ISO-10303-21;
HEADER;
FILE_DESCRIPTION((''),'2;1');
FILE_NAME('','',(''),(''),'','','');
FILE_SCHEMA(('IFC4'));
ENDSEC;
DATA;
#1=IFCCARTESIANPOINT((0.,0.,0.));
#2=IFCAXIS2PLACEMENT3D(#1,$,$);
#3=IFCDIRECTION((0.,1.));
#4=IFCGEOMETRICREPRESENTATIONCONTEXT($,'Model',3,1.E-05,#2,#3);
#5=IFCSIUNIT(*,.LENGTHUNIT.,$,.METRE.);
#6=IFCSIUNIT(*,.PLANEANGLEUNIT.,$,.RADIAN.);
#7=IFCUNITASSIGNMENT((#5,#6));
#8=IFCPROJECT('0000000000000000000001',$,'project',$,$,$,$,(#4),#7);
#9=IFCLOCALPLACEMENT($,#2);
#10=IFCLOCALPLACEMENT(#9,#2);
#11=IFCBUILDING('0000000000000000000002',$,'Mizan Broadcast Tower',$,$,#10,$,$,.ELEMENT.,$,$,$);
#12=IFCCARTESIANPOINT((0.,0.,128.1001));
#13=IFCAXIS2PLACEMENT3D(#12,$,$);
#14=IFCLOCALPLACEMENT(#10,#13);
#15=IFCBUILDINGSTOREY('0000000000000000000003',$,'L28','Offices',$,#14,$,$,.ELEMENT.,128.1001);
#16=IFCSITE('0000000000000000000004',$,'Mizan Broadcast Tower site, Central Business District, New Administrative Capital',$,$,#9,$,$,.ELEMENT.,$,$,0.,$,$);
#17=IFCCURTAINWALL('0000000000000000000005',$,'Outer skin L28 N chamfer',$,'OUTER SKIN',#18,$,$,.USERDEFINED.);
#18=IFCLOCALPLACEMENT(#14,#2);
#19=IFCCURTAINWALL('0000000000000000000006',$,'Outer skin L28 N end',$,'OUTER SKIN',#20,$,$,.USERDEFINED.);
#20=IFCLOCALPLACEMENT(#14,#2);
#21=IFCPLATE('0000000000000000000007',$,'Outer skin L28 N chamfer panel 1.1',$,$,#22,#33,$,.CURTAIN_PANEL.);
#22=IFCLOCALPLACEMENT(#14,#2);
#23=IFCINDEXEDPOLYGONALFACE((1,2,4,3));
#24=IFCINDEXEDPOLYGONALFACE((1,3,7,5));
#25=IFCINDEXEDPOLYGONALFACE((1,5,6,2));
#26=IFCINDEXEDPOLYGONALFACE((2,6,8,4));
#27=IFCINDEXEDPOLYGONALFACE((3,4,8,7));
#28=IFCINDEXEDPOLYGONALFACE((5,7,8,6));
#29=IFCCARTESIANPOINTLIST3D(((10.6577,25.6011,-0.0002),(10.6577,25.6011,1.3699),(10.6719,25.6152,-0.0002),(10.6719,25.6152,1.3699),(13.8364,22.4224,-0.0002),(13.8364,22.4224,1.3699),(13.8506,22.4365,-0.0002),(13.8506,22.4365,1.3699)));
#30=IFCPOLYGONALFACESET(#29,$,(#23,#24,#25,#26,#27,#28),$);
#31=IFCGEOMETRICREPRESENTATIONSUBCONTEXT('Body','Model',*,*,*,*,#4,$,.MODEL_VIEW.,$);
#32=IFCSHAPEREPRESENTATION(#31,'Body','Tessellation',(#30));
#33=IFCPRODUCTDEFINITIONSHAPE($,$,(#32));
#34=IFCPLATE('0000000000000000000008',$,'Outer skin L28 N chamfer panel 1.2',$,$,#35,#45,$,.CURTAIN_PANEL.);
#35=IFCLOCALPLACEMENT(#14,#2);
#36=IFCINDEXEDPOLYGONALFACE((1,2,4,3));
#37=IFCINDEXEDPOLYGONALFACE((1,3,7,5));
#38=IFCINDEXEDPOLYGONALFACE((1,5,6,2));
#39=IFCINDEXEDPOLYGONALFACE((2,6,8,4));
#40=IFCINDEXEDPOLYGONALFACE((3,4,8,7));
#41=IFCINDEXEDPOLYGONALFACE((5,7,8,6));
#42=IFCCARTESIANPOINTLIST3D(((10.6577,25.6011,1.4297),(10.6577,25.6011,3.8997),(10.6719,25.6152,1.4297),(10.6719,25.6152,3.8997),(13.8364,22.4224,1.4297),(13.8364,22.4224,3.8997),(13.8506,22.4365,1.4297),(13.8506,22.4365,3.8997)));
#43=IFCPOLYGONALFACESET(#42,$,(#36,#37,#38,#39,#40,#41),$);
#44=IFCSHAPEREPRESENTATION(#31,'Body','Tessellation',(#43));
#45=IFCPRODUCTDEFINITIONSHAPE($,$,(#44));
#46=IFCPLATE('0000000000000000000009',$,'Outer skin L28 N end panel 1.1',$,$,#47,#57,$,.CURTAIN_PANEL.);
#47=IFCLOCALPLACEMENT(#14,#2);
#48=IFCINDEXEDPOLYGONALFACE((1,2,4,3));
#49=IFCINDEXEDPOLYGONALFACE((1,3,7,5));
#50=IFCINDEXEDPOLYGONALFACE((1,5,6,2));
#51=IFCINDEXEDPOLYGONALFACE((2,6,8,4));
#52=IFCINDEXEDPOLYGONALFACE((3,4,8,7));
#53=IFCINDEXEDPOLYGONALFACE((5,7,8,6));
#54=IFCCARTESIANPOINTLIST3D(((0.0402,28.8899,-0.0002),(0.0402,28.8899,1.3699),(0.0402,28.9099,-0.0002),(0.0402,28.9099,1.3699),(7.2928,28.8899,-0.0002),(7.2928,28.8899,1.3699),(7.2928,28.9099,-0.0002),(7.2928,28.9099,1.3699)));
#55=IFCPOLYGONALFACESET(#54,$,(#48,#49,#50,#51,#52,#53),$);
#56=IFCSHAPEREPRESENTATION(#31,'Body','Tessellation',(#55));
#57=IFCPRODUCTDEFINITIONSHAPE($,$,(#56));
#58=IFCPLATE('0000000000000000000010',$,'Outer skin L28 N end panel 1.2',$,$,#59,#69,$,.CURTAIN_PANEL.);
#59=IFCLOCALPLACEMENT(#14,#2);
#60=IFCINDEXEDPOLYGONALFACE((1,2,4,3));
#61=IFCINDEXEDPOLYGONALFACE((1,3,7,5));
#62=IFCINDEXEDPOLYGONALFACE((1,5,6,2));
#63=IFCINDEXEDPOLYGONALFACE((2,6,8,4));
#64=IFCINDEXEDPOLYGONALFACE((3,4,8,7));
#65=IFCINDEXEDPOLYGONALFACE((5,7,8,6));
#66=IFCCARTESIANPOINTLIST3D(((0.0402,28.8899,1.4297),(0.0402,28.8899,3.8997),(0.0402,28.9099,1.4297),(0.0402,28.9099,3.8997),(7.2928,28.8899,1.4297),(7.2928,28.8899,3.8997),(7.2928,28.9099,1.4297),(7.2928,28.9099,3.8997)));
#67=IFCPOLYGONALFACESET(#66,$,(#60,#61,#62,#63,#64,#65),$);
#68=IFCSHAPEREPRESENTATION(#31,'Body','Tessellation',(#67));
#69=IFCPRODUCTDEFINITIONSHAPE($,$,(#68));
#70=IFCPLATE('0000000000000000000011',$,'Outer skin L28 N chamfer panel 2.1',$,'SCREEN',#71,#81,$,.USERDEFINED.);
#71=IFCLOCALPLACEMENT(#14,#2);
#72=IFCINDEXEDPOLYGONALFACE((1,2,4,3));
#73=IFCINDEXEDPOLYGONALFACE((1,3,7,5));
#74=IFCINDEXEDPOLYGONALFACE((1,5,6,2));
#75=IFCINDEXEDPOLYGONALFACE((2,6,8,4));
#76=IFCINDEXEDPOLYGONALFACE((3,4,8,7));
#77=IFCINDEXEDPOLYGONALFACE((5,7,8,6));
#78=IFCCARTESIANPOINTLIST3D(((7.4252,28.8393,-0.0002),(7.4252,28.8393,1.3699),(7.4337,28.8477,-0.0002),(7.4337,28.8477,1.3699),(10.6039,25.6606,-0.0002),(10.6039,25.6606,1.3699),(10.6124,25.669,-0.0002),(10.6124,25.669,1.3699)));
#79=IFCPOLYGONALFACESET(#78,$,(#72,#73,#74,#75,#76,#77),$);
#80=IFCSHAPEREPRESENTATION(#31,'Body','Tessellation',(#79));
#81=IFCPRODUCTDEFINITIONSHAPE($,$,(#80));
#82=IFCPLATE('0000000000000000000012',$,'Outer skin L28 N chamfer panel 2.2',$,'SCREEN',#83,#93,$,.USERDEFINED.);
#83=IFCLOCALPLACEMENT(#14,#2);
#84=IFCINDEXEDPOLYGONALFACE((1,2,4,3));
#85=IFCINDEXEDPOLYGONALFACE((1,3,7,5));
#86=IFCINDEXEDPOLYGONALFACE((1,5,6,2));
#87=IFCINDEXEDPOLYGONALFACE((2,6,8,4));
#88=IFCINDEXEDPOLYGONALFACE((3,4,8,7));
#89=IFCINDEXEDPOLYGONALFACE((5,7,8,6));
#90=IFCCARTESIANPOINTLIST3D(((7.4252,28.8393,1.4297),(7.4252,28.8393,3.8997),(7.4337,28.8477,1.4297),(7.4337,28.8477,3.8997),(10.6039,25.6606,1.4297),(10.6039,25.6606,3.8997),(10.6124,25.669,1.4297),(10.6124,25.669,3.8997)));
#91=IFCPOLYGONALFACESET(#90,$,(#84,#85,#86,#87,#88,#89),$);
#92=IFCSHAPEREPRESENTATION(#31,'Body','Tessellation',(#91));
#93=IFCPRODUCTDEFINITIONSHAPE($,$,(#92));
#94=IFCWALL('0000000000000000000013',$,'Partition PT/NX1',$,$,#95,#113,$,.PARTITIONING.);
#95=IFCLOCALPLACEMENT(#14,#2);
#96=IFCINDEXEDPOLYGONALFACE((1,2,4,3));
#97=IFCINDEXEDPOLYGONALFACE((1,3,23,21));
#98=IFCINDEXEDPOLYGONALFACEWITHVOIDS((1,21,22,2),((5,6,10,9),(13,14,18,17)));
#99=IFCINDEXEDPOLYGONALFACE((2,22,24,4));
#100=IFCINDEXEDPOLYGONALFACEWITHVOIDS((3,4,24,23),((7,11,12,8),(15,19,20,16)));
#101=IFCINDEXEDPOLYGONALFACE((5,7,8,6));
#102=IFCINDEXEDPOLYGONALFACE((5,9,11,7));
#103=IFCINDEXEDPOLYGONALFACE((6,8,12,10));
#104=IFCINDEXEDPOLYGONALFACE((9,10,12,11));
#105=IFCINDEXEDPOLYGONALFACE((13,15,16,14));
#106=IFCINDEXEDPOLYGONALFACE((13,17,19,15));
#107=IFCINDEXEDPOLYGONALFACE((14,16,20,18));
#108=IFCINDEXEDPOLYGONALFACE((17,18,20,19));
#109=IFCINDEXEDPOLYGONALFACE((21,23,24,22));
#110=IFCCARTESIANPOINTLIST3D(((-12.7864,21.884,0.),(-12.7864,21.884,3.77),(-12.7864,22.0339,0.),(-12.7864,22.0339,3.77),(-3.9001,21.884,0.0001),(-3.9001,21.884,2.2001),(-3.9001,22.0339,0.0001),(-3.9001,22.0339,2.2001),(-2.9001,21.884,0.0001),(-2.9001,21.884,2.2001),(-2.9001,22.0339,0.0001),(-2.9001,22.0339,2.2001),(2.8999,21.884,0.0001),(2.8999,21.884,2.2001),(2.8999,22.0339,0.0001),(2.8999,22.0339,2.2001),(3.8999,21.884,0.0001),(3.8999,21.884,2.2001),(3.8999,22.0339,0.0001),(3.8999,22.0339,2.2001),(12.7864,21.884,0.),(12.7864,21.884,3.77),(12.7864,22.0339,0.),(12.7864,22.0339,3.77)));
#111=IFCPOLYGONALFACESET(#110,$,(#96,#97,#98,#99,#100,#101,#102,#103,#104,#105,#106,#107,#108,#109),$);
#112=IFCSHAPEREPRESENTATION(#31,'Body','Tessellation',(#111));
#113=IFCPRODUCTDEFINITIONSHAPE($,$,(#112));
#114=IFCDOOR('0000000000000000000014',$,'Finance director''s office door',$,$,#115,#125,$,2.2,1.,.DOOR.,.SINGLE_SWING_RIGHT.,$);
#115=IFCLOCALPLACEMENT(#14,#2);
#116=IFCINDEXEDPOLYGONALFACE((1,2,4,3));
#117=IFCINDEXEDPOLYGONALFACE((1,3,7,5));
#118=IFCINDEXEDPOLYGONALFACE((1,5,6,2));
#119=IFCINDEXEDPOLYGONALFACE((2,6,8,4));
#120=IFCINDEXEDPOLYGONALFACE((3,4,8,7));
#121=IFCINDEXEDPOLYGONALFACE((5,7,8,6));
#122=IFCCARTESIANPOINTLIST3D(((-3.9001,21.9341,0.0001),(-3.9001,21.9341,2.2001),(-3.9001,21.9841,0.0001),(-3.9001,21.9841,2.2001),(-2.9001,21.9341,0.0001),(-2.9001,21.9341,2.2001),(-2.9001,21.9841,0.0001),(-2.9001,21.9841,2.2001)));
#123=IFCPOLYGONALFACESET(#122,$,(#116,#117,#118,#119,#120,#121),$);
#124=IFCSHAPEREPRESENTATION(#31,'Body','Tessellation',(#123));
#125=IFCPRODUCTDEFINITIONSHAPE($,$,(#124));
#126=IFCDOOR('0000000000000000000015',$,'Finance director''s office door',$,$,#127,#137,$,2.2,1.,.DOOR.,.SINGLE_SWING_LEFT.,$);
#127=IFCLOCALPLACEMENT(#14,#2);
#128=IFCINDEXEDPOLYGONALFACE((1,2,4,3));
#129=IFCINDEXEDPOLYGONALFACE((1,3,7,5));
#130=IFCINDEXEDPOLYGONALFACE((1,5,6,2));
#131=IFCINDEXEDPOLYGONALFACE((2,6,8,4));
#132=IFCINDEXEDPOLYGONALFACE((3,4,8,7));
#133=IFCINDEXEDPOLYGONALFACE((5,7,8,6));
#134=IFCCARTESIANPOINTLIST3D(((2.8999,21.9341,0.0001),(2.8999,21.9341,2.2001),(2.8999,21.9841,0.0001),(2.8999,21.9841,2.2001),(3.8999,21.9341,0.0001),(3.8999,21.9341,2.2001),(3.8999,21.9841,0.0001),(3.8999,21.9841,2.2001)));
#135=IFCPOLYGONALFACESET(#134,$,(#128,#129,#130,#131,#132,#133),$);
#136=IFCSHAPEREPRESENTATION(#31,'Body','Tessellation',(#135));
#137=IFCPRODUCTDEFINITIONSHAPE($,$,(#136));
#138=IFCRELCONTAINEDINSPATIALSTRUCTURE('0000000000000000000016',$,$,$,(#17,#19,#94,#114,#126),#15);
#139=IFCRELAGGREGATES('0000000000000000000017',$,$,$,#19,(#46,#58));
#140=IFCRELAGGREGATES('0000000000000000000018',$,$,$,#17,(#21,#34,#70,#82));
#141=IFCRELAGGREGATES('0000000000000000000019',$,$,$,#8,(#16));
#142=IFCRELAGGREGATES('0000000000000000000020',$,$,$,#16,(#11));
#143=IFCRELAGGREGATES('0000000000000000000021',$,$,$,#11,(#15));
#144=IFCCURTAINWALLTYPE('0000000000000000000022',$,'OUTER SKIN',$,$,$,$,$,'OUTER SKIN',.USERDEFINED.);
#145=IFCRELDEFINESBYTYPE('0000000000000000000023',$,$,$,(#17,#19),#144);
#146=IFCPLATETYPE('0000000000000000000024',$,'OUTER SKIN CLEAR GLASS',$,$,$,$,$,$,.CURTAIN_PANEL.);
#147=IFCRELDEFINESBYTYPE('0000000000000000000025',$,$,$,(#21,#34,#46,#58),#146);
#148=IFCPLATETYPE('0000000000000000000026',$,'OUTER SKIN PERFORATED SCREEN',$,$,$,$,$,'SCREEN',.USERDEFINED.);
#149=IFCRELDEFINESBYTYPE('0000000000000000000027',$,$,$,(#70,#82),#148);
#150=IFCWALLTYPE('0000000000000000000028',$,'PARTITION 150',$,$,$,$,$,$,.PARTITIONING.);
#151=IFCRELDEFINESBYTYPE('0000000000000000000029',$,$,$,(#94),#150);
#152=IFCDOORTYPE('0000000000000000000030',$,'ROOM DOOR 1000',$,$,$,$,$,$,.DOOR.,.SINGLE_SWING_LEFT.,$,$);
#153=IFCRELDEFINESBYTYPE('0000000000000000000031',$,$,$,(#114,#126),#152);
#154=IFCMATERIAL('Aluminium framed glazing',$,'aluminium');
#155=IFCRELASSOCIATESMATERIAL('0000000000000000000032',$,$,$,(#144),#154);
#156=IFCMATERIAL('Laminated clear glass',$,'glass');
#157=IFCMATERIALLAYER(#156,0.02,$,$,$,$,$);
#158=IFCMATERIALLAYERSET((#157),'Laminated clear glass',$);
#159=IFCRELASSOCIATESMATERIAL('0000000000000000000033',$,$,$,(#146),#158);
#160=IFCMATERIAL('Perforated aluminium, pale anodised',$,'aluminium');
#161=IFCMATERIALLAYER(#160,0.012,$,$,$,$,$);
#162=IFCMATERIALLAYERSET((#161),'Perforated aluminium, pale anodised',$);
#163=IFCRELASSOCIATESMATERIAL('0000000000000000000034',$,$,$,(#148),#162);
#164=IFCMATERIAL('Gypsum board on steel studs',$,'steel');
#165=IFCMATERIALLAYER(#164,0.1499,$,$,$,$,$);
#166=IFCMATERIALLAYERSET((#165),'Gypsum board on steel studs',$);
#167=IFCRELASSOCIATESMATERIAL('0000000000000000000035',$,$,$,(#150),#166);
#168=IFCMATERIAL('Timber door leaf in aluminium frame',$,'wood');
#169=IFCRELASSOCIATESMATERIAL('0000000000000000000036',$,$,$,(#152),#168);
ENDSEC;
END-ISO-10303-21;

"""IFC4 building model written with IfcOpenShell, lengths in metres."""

from ifc_helpers import new_model, si_unit, direction, frame, frame_2d, origin, origin_2d, place, context, subcontext, project, spatial, rectangle, extrude, material, layer, layer_set, type_object, element, fill, aggregate, save


model = new_model("IFC4")

# Units and contexts
model_context = context("Model", 3, precision=1e-05, world=origin(), true_north=direction((0.0, 1.0)))
body_context = subcontext(model_context, "Body", "Model", "MODEL_VIEW")
ifc_project = project(units=[si_unit("LENGTHUNIT", "METRE"), si_unit("PLANEANGLEUNIT", "RADIAN")], contexts=[model_context])

# Site, building, storey
site_placement = place(None, origin())
site = spatial("IfcSite", under=ifc_project, at=site_placement, Name="Mizan Broadcast Tower site, Central Business District, New Administrative Capital", CompositionType="ELEMENT", RefElevation=0.0)
building_placement = place(site_placement, origin())
building = spatial("IfcBuilding", under=site, at=building_placement, Name="Mizan Broadcast Tower", CompositionType="ELEMENT")
storey_placement = place(building_placement, frame((0.0, 0.0, 128.1001)))
storey = spatial("IfcBuildingStorey", under=building, at=storey_placement, Name="L28", Description="Offices", CompositionType="ELEMENT", Elevation=128.1001)

# Shared definitions
ifc_material_1 = material(Name="Aluminium framed glazing", Category="aluminium")
curtain_wall_type_1 = type_object("IfcCurtainWallType", Name="OUTER SKIN", ElementType="OUTER SKIN", PredefinedType="USERDEFINED", material=ifc_material_1)

# Curtain wall
curtain_wall_1_placement = place(storey_placement, origin())
curtain_wall_1 = element("IfcCurtainWall", 1, at=curtain_wall_1_placement, inside=storey, type_object=curtain_wall_type_1, Name="Outer skin L28 N chamfer", ObjectType="OUTER SKIN", PredefinedType="USERDEFINED")

# Curtain wall
curtain_wall_2_placement = place(storey_placement, origin())
curtain_wall_2 = element("IfcCurtainWall", 2, at=curtain_wall_2_placement, inside=storey, type_object=curtain_wall_type_1, Name="Outer skin L28 N end", ObjectType="OUTER SKIN", PredefinedType="USERDEFINED")

# Plates
ifc_material_2 = material(Name="Laminated clear glass", Category="glass")
ifc_layer_1 = layer(ifc_material_2, 0.02)
ifc_layer_set_1 = layer_set([ifc_layer_1], Name="Laminated clear glass")
plate_type_1 = type_object("IfcPlateType", Name="OUTER SKIN CLEAR GLASS", PredefinedType="CURTAIN_PANEL", material=ifc_layer_set_1)
plate_1_placement = place(storey_placement, frame((12.2542, 24.0188, -0.0002), z_axis=(0.0, 0.0, 1.0), x_axis=(-0.707107, 0.707107, 0.0)))
plate_1 = element("IfcPlate", 3, at=plate_1_placement, type_object=plate_type_1, Name="Outer skin L28 N chamfer panel 1.1", PredefinedType="CURTAIN_PANEL", context=body_context, shape_type="SweptSolid", body=[
    extrude(rectangle(XDim=4.4954, YDim=0.02, at=origin_2d()), origin(), (0.0, 0.0, 1.0), 1.3701),
])
plate_2_placement = place(storey_placement, frame((12.2542, 24.0188, 1.4297), z_axis=(0.0, 0.0, 1.0), x_axis=(-0.707107, 0.707107, 0.0)))
plate_2 = element("IfcPlate", 4, at=plate_2_placement, type_object=plate_type_1, Name="Outer skin L28 N chamfer panel 1.2", PredefinedType="CURTAIN_PANEL", context=body_context, shape_type="SweptSolid", body=[
    extrude(rectangle(XDim=4.4954, YDim=0.02, at=origin_2d()), origin(), (0.0, 0.0, 1.0), 2.47),
])
plate_3_placement = place(storey_placement, frame((3.6665, 28.8999, -0.0002), z_axis=(0.0, 0.0, 1.0), x_axis=(-1.0, 0.0, 0.0)))
plate_3 = element("IfcPlate", 5, at=plate_3_placement, type_object=plate_type_1, Name="Outer skin L28 N end panel 1.1", PredefinedType="CURTAIN_PANEL", context=body_context, shape_type="SweptSolid", body=[
    extrude(rectangle(XDim=7.2527, YDim=0.02, at=origin_2d()), origin(), (0.0, 0.0, 1.0), 1.3701),
])
plate_4_placement = place(storey_placement, frame((3.6665, 28.8999, 1.4297), z_axis=(0.0, 0.0, 1.0), x_axis=(-1.0, 0.0, 0.0)))
plate_4 = element("IfcPlate", 6, at=plate_4_placement, type_object=plate_type_1, Name="Outer skin L28 N end panel 1.2", PredefinedType="CURTAIN_PANEL", context=body_context, shape_type="SweptSolid", body=[
    extrude(rectangle(XDim=7.2527, YDim=0.02, at=origin_2d()), origin(), (0.0, 0.0, 1.0), 2.47),
])
aggregate(curtain_wall_2, [plate_3, plate_4])
ifc_material_3 = material(Name="Perforated aluminium, pale anodised", Category="aluminium")
ifc_layer_2 = layer(ifc_material_3, 0.012)
ifc_layer_set_2 = layer_set([ifc_layer_2], Name="Perforated aluminium, pale anodised")
plate_type_2 = type_object("IfcPlateType", Name="OUTER SKIN PERFORATED SCREEN", ElementType="SCREEN", PredefinedType="USERDEFINED", material=ifc_layer_set_2)
plate_5_placement = place(storey_placement, frame((9.0188, 27.2542, -0.0002), z_axis=(0.0, 0.0, 1.0), x_axis=(-0.707107, 0.707107, 0.0)))
plate_5 = element("IfcPlate", 7, at=plate_5_placement, type_object=plate_type_2, Name="Outer skin L28 N chamfer panel 2.1", ObjectType="SCREEN", PredefinedType="USERDEFINED", context=body_context, shape_type="SweptSolid", body=[
    extrude(rectangle(XDim=4.4954, YDim=0.012, at=origin_2d()), origin(), (0.0, 0.0, 1.0), 1.3701),
])
plate_6_placement = place(storey_placement, frame((9.0188, 27.2542, 1.4297), z_axis=(0.0, 0.0, 1.0), x_axis=(-0.707107, 0.707107, 0.0)))
plate_6 = element("IfcPlate", 8, at=plate_6_placement, type_object=plate_type_2, Name="Outer skin L28 N chamfer panel 2.2", ObjectType="SCREEN", PredefinedType="USERDEFINED", context=body_context, shape_type="SweptSolid", body=[
    extrude(rectangle(XDim=4.4954, YDim=0.012, at=origin_2d()), origin(), (0.0, 0.0, 1.0), 2.47),
])
aggregate(curtain_wall_1, [plate_1, plate_2, plate_5, plate_6])

# Wall, openings, doors
ifc_material_4 = material(Name="Gypsum board on steel studs", Category="steel")
ifc_layer_3 = layer(ifc_material_4, 0.1499)
ifc_layer_set_3 = layer_set([ifc_layer_3], Name="Gypsum board on steel studs")
wall_type = type_object("IfcWallType", Name="PARTITION 150", PredefinedType="PARTITIONING", material=ifc_layer_set_3)
wall_placement = place(storey_placement, frame((12.7864, 21.959, 0.0), z_axis=(0.0, 0.0, 1.0), x_axis=(-1.0, 0.0, 0.0)))
wall = element("IfcWall", 9, at=wall_placement, inside=storey, type_object=wall_type, Name="Partition PT/NX1", PredefinedType="PARTITIONING", context=body_context, shape_type="SweptSolid", body=[
    extrude(rectangle(XDim=25.5728, YDim=0.1499, at=frame_2d((12.7864, 0.0))), origin(), (0.0, 0.0, 1.0), 3.77),
])
opening_1_placement = place(wall_placement, frame((15.6865, 0.0, 0.0)))
opening_1 = element("IfcOpeningElement", 10, at=opening_1_placement, cuts=wall, PredefinedType="OPENING", context=body_context, shape_type="SweptSolid", body=[
    extrude(rectangle(XDim=1.0, YDim=2.2, at=frame_2d((0.5, 1.1001))), frame((0.0, 0.085, 0.0), z_axis=(0.0, -1.0, 0.0), x_axis=(1.0, 0.0, 0.0)), (0.0, 0.0, 1.0), 0.1699),
])
opening_2_placement = place(wall_placement, frame((8.8865, 0.0, 0.0)))
opening_2 = element("IfcOpeningElement", 11, at=opening_2_placement, cuts=wall, PredefinedType="OPENING", context=body_context, shape_type="SweptSolid", body=[
    extrude(rectangle(XDim=1.0, YDim=2.2, at=frame_2d((0.5, 1.1001))), frame((0.0, 0.085, 0.0), z_axis=(0.0, -1.0, 0.0), x_axis=(1.0, 0.0, 0.0)), (0.0, 0.0, 1.0), 0.1699),
])
ifc_material_5 = material(Name="Timber door leaf in aluminium frame", Category="wood")
door_type = type_object("IfcDoorType", Name="ROOM DOOR 1000", OperationType="SINGLE_SWING_LEFT", PredefinedType="DOOR", material=ifc_material_5)
door_1_placement = place(opening_1_placement, origin())
door_1 = element("IfcDoor", 12, at=door_1_placement, inside=storey, type_object=door_type, Name="Finance director's office door", OperationType="SINGLE_SWING_RIGHT", OverallHeight=2.2, OverallWidth=1.0, PredefinedType="DOOR", context=body_context, shape_type="SweptSolid", body=[
    extrude(rectangle(XDim=1.0, YDim=2.2, at=frame_2d((0.5, 1.1001))), frame((0.0, 0.0249, 0.0), z_axis=(0.0, -1.0, 0.0), x_axis=(1.0, 0.0, 0.0)), (0.0, 0.0, 1.0), 0.05),
])
fill(opening_1, door_1)
door_2_placement = place(opening_2_placement, origin())
door_2 = element("IfcDoor", 13, at=door_2_placement, inside=storey, type_object=door_type, Name="Finance director's office door", OperationType="SINGLE_SWING_LEFT", OverallHeight=2.2, OverallWidth=1.0, PredefinedType="DOOR", context=body_context, shape_type="SweptSolid", body=[
    extrude(rectangle(XDim=1.0, YDim=2.2, at=frame_2d((0.5, 1.1001))), frame((0.0, 0.0249, 0.0), z_axis=(0.0, -1.0, 0.0), x_axis=(1.0, 0.0, 0.0)), (0.0, 0.0, 1.0), 0.05),
])
fill(opening_2, door_2)

save(model, "model.ifc")
